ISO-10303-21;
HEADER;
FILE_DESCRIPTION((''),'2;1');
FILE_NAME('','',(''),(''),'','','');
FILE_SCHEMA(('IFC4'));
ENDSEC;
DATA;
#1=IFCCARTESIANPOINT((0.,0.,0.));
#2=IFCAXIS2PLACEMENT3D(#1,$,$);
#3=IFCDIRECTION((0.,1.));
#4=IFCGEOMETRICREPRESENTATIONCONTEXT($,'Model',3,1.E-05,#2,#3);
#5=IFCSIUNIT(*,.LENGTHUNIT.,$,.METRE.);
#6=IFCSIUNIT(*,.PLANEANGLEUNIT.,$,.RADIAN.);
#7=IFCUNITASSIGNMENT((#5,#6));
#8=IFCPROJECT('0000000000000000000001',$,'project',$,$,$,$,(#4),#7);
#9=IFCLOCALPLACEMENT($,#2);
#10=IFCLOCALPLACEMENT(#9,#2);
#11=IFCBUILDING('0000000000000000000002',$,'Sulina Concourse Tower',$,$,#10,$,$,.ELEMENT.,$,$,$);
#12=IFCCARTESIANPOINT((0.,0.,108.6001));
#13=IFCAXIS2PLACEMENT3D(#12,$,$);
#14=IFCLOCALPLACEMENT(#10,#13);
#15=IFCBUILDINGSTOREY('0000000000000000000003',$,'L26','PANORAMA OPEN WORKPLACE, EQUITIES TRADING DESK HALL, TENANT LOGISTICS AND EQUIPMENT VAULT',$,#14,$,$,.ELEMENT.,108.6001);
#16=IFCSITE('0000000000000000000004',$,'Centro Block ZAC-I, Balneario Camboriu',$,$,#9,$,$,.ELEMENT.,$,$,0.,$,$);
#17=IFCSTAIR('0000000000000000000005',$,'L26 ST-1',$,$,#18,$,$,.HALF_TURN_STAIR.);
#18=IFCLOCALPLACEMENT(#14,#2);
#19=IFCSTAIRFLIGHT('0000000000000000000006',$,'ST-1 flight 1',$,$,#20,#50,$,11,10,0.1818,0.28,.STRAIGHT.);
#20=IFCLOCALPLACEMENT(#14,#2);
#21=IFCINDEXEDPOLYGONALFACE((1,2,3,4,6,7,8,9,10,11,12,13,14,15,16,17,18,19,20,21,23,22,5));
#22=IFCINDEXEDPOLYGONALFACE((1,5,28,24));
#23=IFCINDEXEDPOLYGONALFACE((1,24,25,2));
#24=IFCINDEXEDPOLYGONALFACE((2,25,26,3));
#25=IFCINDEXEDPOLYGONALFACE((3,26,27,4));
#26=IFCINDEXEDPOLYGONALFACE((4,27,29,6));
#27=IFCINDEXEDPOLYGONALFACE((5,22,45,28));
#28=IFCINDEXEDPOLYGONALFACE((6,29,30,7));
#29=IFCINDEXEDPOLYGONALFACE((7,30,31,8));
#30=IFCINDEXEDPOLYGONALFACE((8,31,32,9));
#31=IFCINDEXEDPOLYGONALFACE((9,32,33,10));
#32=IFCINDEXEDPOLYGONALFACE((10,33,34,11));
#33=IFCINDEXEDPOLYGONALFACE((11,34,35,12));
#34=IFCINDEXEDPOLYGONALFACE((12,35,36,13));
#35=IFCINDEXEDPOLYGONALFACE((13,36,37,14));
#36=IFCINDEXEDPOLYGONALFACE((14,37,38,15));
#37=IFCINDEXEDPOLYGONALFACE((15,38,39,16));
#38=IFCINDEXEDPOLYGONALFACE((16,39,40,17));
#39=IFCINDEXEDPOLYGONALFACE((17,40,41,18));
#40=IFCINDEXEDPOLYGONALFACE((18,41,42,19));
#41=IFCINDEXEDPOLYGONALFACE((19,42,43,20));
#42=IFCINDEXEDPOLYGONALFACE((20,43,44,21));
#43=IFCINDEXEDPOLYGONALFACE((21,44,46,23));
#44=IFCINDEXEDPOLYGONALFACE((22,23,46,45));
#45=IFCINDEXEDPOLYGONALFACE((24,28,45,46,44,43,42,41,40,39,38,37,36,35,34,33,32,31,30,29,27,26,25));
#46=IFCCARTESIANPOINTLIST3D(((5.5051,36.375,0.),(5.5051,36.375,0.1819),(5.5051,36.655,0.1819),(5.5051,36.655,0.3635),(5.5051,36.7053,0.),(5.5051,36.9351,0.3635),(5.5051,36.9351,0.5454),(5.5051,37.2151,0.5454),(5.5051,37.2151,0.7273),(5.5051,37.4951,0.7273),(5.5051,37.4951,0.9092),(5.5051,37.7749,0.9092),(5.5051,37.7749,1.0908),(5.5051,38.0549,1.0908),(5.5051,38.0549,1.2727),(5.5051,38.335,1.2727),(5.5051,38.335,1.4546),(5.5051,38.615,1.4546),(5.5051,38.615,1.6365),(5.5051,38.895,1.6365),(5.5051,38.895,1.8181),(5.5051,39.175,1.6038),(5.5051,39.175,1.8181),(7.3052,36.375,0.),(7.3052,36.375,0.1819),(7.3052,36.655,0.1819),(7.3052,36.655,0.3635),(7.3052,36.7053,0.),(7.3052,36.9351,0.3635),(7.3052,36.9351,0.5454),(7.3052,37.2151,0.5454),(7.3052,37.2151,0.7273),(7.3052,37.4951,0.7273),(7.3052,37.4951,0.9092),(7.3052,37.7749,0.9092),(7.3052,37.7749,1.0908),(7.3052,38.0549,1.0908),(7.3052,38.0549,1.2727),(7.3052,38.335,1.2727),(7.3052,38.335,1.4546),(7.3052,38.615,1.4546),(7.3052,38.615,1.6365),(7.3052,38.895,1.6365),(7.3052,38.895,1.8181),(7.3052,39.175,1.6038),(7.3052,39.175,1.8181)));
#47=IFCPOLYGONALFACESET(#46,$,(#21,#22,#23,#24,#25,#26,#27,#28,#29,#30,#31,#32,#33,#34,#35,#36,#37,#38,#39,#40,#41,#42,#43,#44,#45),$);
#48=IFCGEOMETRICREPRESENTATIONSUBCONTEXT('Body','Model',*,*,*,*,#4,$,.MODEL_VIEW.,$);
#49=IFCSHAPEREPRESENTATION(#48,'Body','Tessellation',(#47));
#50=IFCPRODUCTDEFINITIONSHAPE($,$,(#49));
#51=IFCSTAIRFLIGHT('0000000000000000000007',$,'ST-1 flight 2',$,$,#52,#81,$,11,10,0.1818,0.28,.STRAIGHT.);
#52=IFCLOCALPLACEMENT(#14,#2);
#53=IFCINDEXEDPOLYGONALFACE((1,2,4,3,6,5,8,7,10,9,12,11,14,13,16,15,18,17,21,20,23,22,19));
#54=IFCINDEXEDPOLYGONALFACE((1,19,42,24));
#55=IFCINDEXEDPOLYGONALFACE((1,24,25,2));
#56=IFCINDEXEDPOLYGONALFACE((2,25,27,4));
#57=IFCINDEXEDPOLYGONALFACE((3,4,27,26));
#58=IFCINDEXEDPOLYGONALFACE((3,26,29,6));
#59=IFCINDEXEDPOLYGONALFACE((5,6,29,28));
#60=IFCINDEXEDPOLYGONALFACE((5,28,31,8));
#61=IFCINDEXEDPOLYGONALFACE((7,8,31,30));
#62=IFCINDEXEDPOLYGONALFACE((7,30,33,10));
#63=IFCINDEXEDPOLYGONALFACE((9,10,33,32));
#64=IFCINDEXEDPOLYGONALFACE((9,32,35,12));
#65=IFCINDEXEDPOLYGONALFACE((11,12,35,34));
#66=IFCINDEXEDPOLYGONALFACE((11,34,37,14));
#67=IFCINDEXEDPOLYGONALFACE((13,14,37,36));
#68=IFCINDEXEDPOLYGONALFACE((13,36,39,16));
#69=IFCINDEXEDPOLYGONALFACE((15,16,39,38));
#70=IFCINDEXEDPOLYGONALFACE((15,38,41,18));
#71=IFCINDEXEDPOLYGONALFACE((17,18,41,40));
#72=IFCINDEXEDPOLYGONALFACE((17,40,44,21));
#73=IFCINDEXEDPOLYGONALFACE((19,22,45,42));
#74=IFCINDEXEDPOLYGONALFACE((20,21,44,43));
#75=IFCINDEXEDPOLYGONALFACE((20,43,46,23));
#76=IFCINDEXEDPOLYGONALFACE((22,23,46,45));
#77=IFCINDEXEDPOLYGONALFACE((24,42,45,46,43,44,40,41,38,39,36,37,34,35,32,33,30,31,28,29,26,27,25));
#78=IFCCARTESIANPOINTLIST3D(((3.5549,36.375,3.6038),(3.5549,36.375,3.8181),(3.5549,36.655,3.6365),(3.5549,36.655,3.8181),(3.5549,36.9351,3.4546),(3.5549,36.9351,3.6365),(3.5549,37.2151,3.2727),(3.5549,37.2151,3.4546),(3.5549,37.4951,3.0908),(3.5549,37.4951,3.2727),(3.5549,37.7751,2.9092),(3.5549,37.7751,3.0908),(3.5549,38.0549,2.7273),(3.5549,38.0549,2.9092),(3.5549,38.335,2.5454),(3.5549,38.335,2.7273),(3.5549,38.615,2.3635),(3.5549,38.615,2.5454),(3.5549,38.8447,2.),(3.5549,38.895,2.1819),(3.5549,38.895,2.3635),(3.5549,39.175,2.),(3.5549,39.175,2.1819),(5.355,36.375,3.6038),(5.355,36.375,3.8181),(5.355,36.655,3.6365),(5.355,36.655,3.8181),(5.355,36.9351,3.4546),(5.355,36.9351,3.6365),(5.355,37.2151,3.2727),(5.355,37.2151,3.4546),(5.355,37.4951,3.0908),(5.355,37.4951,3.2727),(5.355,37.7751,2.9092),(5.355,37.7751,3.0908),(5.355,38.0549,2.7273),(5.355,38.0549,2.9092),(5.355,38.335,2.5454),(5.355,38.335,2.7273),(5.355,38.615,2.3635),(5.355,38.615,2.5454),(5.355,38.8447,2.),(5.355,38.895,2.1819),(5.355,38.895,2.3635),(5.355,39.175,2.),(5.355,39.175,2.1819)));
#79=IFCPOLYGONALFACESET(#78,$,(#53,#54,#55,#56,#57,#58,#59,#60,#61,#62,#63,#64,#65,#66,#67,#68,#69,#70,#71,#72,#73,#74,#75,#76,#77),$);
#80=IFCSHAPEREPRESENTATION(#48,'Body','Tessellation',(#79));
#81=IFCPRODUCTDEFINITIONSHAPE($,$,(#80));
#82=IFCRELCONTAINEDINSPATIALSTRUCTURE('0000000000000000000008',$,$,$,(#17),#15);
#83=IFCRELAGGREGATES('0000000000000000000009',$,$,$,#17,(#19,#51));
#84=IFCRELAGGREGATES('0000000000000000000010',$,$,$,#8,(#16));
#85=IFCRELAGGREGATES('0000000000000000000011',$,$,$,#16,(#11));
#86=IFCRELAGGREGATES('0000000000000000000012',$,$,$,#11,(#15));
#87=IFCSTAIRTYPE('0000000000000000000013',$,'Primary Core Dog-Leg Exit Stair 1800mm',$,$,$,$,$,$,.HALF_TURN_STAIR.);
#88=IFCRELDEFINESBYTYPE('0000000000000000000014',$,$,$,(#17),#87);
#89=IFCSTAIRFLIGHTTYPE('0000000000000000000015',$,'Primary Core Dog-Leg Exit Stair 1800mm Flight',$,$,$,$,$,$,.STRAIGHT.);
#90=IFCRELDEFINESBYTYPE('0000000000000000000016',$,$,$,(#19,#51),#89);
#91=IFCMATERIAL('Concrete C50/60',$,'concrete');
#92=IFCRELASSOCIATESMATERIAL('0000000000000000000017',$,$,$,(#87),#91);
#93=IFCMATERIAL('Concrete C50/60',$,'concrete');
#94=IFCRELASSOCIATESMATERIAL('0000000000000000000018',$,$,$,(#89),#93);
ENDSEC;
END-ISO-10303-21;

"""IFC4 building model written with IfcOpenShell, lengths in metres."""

from ifc_helpers import new_model, si_unit, direction, frame, origin, place, context, subcontext, project, spatial, polyline, outline, extrude, material, type_object, element, aggregate, save


model = new_model("IFC4")

# Units and contexts
model_context = context("Model", 3, precision=1e-05, world=origin(), true_north=direction((0.0, 1.0)))
body_context = subcontext(model_context, "Body", "Model", "MODEL_VIEW")
ifc_project = project(units=[si_unit("LENGTHUNIT", "METRE"), si_unit("PLANEANGLEUNIT", "RADIAN")], contexts=[model_context])

# Site, building, storey
site_placement = place(None, origin())
site = spatial("IfcSite", under=ifc_project, at=site_placement, Name="Centro Block ZAC-I, Balneario Camboriu", CompositionType="ELEMENT", RefElevation=0.0)
building_placement = place(site_placement, origin())
building = spatial("IfcBuilding", under=site, at=building_placement, Name="Sulina Concourse Tower", CompositionType="ELEMENT")
storey_placement = place(building_placement, frame((0.0, 0.0, 108.6001)))
storey = spatial("IfcBuildingStorey", under=building, at=storey_placement, Name="L26", Description="PANORAMA OPEN WORKPLACE, EQUITIES TRADING DESK HALL, TENANT LOGISTICS AND EQUIPMENT VAULT", CompositionType="ELEMENT", Elevation=108.6001)

# Stair, stair flights
ifc_material_1 = material(Name="Concrete C50/60", Category="concrete")
stair_type = type_object("IfcStairType", Name="Primary Core Dog-Leg Exit Stair 1800mm", PredefinedType="HALF_TURN_STAIR", material=ifc_material_1)
stair_placement = place(storey_placement, origin())
stair = element("IfcStair", 1, at=stair_placement, inside=storey, type_object=stair_type, Name="L26 ST-1", PredefinedType="HALF_TURN_STAIR")
ifc_material_2 = material(Name="Concrete C50/60", Category="concrete")
stair_flight_type = type_object("IfcStairFlightType", Name="Primary Core Dog-Leg Exit Stair 1800mm Flight", PredefinedType="STRAIGHT", material=ifc_material_2)
stair_flight_1_placement = place(storey_placement, frame((6.405, 36.375, 0.0), z_axis=(0.0, 0.0, 1.0), x_axis=(0.0, 1.0, 0.0)))
stair_flight_1 = element("IfcStairFlight", 2, at=stair_flight_1_placement, type_object=stair_flight_type, Name="ST-1 flight 1", NumberOfRisers=11, NumberOfTreads=10, PredefinedType="STRAIGHT", RiserHeight=0.1818, TreadLength=0.28, context=body_context, shape_type="SweptSolid", body=[
    extrude(outline(polyline([(0.0, 0.0), (0.0, 0.1819), (0.28, 0.1819), (0.28, 0.3635), (0.5601, 0.3635), (0.5601, 0.5454), (0.8401, 0.5454), (0.8401, 0.7273), (1.1201, 0.7273), (1.1201, 0.9092), (1.3999, 0.9092), (1.3999, 1.0908), (1.6799, 1.0908), (1.6799, 1.2727), (1.96, 1.2727), (1.96, 1.4546), (2.24, 1.4546), (2.24, 1.6365), (2.52, 1.6365), (2.52, 1.8181), (2.8, 1.8181), (2.8, 2.0), (2.8, 1.6038), (0.3303, 0.0), (0.0, 0.0)])), frame((0.0, 0.8999, 0.0), z_axis=(0.0, -1.0, 0.0), x_axis=(1.0, 0.0, 0.0)), (0.0, 0.0, 1.0), 1.8),
])
stair_flight_2_placement = place(storey_placement, frame((4.4551, 39.175, 2.0), z_axis=(0.0, 0.0, 1.0), x_axis=(0.0, -1.0, 0.0)))
stair_flight_2 = element("IfcStairFlight", 3, at=stair_flight_2_placement, type_object=stair_flight_type, Name="ST-1 flight 2", NumberOfRisers=11, NumberOfTreads=10, PredefinedType="STRAIGHT", RiserHeight=0.1818, TreadLength=0.28, context=body_context, shape_type="SweptSolid", body=[
    extrude(outline(polyline([(0.0, 0.0), (0.0, 0.1819), (0.28, 0.1819), (0.28, 0.3635), (0.5601, 0.3635), (0.5601, 0.5454), (0.8401, 0.5454), (0.8401, 0.7273), (1.1201, 0.7273), (1.1201, 0.9092), (1.3999, 0.9092), (1.3999, 1.0908), (1.6799, 1.0908), (1.6799, 1.2727), (1.96, 1.2727), (1.96, 1.4546), (2.24, 1.4546), (2.24, 1.6365), (2.52, 1.6365), (2.52, 1.8181), (2.8, 1.8181), (2.8, 2.0), (2.8, 1.6038), (0.3303, 0.0), (0.0, 0.0)])), frame((0.0, 0.8999, 0.0), z_axis=(0.0, -1.0, 0.0), x_axis=(1.0, 0.0, 0.0)), (0.0, 0.0, 1.0), 1.8),
])
aggregate(stair, [stair_flight_1, stair_flight_2])

save(model, "model.ifc")
